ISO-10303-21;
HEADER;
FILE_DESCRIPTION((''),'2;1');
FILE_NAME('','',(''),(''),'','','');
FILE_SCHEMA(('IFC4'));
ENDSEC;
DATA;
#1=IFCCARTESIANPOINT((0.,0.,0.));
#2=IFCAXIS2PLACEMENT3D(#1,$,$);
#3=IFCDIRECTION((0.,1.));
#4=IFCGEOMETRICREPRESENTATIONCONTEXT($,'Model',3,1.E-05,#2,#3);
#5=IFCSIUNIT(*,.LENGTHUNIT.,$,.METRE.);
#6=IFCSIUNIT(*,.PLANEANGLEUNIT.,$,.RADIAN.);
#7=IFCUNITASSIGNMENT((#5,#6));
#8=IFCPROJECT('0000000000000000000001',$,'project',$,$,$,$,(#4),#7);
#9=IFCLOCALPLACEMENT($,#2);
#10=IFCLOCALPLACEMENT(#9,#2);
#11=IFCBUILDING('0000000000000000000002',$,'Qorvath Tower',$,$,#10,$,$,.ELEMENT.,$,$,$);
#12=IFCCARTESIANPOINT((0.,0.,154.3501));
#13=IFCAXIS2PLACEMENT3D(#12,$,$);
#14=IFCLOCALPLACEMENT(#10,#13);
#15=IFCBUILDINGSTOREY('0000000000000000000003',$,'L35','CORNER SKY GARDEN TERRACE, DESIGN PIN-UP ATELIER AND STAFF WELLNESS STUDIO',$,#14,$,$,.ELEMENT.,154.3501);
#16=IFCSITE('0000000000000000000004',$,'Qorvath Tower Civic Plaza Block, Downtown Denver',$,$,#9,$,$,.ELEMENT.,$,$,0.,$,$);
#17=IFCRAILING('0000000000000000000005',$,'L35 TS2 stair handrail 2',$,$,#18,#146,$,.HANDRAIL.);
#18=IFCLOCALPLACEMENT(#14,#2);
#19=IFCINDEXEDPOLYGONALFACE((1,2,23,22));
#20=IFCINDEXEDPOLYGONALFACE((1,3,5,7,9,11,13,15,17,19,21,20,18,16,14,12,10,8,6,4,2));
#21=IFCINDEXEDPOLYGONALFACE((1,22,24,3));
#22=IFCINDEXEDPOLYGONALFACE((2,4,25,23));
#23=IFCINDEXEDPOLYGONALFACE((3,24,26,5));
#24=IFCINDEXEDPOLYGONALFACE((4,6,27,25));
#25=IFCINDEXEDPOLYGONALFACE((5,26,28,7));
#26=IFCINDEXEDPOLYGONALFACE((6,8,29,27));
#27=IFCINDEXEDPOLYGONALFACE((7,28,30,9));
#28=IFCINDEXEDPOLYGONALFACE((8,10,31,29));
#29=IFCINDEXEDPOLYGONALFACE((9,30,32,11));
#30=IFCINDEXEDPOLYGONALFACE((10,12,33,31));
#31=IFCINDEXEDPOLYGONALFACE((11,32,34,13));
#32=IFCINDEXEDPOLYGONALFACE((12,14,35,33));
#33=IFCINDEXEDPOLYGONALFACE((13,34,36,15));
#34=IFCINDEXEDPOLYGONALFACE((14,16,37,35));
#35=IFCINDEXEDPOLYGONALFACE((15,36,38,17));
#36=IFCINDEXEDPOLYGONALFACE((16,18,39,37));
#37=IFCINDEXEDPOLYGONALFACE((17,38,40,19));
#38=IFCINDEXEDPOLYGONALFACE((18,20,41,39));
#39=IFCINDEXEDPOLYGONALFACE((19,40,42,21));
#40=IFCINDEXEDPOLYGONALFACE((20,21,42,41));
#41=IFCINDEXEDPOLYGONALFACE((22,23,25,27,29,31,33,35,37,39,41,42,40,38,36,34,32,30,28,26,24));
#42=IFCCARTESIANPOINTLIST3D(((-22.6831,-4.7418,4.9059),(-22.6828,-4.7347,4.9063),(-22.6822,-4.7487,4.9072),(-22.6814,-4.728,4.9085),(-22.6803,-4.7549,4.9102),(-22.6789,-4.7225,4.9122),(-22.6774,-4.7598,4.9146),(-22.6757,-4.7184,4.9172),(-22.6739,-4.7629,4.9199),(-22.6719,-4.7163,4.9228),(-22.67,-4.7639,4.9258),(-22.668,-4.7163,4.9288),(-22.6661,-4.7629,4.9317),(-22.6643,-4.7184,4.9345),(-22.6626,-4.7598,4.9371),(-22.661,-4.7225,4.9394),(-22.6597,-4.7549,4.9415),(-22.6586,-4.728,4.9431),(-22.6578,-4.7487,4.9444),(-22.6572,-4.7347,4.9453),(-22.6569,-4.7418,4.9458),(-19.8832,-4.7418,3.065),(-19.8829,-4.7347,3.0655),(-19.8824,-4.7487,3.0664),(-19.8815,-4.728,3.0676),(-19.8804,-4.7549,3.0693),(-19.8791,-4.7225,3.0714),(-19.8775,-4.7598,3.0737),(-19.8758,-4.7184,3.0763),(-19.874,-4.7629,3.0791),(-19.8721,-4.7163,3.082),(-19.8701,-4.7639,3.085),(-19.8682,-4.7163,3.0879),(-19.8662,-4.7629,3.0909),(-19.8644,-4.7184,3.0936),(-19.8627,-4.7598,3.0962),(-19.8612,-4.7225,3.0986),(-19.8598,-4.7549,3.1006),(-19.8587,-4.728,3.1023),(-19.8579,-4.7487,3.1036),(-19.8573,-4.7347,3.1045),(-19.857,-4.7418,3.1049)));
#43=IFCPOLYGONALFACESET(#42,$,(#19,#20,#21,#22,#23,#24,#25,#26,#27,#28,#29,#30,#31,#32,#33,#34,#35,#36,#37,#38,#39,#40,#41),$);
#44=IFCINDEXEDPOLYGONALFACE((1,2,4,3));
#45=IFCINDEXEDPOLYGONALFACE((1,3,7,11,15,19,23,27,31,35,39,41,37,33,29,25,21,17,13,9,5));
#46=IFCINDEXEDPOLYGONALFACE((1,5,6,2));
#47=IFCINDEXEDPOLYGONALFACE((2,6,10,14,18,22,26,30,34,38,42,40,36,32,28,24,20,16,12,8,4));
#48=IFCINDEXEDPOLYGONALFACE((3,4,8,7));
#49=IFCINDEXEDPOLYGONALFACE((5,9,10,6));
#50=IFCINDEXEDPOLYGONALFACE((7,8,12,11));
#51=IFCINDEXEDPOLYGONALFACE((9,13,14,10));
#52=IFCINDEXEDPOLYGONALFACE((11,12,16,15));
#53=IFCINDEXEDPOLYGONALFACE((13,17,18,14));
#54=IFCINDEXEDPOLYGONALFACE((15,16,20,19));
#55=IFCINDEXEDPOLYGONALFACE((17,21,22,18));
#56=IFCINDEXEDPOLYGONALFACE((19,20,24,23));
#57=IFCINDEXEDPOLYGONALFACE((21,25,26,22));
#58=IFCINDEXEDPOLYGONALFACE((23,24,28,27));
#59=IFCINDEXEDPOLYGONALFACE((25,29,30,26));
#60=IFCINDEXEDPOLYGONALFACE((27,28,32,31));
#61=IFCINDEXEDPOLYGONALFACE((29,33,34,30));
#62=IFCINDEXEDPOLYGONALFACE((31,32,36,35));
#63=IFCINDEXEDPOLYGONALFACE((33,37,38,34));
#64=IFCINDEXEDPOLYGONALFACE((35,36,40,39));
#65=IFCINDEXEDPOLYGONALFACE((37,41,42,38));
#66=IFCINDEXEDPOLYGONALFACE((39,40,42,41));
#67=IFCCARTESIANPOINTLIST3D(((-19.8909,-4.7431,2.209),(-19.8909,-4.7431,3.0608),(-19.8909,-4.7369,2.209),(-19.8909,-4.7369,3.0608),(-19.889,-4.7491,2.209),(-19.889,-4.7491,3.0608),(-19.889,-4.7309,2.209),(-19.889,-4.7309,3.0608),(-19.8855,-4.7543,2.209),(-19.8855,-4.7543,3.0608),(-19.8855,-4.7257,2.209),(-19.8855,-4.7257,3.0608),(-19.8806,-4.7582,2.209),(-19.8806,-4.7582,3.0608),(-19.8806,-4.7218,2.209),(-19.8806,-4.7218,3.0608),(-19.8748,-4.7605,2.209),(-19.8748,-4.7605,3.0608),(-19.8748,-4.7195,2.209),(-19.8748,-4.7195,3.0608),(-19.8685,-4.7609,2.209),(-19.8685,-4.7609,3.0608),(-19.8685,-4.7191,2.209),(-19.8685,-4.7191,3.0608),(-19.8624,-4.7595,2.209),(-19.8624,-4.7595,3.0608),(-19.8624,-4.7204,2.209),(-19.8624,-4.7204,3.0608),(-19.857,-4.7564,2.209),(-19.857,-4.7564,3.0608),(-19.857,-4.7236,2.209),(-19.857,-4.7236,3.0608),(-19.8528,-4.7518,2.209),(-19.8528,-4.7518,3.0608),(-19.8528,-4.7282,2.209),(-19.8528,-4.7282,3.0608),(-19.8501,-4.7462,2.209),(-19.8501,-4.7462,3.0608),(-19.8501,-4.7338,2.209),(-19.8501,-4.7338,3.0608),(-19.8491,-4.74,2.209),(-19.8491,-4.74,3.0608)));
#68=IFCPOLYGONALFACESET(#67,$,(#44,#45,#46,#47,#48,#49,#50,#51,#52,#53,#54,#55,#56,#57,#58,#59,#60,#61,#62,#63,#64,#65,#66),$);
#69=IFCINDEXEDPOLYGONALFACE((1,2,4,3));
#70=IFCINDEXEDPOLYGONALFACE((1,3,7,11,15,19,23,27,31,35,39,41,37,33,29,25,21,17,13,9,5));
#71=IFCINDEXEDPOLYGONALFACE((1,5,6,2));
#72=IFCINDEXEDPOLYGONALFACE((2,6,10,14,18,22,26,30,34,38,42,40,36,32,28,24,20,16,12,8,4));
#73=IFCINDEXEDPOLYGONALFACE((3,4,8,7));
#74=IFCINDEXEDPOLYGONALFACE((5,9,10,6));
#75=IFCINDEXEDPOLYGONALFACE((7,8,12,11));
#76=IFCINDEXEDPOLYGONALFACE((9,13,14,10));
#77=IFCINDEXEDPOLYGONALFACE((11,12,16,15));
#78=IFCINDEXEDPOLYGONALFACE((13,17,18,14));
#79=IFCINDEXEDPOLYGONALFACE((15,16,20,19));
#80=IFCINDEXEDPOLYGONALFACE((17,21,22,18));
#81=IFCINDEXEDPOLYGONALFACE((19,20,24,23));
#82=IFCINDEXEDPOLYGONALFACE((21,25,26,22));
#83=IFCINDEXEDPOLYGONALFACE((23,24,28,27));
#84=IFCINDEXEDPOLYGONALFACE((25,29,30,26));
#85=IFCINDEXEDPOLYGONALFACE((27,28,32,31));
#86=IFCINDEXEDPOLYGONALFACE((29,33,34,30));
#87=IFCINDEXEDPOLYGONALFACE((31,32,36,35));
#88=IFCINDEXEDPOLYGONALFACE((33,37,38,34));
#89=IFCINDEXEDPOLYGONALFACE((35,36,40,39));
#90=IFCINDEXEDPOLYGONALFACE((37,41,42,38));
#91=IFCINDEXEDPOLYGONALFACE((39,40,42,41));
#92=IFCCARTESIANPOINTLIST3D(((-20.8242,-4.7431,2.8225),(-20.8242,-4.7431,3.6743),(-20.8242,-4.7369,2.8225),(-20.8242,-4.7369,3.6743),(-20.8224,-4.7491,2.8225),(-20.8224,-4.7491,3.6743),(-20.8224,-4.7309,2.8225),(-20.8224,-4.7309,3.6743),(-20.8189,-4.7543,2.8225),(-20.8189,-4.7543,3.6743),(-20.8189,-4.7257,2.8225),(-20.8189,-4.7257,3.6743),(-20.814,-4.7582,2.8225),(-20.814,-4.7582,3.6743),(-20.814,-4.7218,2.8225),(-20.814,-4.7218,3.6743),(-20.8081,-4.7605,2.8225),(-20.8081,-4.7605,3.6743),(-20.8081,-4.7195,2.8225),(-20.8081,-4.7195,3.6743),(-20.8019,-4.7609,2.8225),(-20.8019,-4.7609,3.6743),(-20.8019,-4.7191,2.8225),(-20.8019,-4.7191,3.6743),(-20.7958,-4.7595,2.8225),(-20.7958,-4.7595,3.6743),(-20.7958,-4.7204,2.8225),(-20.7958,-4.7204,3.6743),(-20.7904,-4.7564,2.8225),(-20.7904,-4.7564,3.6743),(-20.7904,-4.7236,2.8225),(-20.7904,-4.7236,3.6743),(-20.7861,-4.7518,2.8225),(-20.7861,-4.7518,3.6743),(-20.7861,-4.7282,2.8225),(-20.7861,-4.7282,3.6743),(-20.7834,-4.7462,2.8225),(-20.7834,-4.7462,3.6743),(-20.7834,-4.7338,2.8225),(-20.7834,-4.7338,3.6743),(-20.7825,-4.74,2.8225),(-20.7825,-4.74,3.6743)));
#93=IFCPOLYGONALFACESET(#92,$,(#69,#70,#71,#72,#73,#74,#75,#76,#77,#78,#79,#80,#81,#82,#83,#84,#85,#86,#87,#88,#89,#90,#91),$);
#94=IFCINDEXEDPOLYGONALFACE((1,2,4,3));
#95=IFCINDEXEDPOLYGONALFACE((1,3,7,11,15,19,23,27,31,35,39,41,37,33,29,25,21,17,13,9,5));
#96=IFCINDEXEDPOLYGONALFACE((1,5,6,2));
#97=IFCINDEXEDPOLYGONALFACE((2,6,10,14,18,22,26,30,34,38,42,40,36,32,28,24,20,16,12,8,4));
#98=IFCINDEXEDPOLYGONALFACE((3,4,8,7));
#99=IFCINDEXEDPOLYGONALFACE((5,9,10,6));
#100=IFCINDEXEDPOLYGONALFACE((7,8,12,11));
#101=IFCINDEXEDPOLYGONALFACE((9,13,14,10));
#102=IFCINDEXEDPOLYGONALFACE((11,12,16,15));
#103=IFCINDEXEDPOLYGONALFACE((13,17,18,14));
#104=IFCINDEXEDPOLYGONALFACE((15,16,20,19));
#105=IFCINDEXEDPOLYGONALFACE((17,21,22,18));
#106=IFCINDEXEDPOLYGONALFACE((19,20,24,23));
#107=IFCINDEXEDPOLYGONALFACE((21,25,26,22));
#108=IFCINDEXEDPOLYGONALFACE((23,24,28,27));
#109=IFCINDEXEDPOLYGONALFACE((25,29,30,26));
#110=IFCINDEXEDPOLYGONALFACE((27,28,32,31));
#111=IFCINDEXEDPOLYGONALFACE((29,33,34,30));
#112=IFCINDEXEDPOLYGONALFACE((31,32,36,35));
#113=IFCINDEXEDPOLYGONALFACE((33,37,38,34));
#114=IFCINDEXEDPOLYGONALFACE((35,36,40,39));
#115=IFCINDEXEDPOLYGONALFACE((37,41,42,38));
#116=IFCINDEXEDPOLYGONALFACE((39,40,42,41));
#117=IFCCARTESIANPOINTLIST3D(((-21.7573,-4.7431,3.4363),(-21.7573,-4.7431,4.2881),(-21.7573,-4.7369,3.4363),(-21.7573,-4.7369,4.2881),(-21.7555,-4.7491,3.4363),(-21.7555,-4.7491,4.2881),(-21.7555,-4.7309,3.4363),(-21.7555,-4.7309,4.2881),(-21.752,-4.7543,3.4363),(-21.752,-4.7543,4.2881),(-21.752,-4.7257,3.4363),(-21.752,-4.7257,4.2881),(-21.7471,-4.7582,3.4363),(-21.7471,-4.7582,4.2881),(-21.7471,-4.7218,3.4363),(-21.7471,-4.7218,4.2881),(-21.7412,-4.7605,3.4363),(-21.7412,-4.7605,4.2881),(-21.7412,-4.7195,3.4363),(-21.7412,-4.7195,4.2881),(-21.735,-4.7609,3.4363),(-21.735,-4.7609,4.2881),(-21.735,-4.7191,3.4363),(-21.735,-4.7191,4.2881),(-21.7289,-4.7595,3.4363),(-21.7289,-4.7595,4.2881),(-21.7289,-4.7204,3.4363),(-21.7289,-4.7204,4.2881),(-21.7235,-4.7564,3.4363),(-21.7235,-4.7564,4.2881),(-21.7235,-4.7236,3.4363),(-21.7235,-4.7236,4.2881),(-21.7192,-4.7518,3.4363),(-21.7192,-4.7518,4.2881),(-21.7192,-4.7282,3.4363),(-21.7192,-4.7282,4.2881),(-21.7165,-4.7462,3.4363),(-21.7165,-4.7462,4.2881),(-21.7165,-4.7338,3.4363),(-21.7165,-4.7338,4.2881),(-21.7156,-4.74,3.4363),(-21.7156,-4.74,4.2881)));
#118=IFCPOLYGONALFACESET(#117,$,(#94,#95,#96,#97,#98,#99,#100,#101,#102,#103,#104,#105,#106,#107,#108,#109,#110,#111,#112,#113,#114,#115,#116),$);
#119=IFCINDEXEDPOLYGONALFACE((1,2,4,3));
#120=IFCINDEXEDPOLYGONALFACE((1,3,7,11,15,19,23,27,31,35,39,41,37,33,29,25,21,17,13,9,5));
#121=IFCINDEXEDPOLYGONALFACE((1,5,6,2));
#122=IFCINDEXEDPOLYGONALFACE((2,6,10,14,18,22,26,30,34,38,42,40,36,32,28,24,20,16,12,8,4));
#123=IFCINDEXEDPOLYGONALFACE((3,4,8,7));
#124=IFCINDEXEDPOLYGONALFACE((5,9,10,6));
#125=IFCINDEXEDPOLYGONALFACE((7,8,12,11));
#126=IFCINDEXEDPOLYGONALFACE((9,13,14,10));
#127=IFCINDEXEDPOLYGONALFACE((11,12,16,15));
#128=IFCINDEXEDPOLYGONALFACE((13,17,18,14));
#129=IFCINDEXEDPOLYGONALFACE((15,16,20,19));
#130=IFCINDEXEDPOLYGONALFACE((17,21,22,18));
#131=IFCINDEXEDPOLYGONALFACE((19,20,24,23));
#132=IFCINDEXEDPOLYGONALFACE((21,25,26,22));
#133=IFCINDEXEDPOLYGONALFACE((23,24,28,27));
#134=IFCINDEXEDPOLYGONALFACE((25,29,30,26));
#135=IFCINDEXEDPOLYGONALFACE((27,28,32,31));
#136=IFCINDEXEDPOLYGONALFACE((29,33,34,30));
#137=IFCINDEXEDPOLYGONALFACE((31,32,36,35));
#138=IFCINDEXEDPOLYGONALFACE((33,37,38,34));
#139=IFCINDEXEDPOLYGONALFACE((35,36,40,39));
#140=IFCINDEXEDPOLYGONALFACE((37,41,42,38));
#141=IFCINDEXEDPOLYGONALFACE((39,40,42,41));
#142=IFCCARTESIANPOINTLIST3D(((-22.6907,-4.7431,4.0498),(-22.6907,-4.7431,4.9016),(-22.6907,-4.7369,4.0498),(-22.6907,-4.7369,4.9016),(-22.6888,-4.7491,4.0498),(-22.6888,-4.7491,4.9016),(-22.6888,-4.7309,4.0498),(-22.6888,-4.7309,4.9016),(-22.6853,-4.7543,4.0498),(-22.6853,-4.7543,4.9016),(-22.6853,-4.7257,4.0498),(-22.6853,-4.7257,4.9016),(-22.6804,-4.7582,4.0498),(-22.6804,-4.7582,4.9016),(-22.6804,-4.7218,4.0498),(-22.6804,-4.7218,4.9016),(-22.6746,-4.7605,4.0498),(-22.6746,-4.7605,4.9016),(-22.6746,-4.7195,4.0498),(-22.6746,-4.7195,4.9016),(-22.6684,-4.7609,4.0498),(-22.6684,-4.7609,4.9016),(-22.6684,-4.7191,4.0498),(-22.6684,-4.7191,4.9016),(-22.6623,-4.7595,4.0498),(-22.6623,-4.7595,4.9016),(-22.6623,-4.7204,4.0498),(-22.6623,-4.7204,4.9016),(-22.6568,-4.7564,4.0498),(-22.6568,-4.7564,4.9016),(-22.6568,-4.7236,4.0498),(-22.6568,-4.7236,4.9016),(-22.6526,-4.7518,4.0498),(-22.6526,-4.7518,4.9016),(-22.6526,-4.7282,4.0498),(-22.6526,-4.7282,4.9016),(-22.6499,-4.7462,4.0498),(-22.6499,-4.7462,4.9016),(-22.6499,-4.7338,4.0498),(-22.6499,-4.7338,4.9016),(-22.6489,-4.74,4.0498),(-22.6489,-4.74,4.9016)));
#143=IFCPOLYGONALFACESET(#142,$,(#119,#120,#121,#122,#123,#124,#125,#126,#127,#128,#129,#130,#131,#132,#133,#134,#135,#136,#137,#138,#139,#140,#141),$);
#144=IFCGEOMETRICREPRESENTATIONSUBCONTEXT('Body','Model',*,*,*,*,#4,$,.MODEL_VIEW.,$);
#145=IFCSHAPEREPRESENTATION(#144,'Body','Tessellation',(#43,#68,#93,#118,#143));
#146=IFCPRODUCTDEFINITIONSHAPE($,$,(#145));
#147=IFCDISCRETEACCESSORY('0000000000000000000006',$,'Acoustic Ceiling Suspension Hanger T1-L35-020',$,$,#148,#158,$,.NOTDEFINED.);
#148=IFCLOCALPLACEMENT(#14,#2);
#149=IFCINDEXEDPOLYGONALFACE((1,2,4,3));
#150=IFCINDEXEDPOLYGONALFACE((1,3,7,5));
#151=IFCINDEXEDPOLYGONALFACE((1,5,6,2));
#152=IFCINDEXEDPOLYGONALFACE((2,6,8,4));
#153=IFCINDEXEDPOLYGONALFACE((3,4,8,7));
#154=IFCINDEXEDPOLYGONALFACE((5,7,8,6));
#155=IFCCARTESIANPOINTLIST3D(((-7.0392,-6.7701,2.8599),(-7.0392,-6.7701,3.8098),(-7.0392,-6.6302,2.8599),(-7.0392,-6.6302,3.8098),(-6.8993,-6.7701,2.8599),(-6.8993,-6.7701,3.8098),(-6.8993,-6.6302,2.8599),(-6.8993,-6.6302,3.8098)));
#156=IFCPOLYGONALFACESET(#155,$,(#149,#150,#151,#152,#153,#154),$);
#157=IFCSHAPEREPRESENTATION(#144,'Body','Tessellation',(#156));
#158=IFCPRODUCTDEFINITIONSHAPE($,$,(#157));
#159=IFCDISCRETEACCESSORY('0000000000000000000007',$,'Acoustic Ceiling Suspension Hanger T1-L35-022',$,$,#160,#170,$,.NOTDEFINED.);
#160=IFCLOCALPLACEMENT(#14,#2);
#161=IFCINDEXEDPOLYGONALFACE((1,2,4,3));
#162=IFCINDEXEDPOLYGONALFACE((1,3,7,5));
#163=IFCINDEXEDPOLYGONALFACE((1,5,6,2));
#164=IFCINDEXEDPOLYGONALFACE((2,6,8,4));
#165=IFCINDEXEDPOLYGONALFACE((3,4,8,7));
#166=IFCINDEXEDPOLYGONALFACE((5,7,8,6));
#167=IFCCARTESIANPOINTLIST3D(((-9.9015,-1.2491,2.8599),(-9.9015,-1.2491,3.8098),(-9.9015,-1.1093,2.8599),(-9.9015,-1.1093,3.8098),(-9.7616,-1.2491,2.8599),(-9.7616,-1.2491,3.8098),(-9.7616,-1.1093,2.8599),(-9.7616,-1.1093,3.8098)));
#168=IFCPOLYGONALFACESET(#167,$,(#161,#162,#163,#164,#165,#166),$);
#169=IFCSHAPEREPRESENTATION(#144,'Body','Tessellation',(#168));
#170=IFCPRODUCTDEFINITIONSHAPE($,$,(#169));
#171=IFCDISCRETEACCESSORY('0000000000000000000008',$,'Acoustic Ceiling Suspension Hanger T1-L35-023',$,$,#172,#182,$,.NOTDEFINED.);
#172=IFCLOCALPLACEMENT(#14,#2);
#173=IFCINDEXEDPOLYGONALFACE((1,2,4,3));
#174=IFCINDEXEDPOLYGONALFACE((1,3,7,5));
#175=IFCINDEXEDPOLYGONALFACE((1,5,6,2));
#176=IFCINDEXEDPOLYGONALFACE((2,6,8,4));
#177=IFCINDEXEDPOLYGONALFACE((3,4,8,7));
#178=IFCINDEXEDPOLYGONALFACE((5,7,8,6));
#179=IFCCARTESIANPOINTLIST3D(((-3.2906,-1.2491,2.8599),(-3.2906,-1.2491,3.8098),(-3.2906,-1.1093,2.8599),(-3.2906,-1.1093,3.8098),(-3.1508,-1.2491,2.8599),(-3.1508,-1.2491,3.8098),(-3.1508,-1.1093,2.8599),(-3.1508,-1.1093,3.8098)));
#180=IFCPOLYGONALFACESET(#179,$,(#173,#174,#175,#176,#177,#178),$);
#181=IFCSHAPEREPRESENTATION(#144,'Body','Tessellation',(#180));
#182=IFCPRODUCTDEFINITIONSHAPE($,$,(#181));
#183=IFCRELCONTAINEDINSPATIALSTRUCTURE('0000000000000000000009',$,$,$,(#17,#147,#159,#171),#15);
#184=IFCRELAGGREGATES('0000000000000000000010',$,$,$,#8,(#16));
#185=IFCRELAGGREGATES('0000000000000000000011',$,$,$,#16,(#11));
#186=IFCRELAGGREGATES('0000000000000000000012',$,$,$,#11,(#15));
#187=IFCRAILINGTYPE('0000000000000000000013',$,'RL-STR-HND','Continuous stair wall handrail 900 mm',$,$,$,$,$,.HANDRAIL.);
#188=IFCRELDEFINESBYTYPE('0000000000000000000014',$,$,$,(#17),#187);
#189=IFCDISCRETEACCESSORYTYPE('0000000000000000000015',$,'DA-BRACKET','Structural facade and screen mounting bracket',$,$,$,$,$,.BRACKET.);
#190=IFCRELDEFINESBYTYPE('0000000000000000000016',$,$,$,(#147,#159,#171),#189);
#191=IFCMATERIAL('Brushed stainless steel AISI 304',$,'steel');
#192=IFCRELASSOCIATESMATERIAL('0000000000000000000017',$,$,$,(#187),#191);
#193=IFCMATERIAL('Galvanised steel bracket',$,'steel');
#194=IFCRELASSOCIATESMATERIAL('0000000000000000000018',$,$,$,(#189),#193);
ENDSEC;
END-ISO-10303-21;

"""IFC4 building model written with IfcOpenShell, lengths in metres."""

from ifc_helpers import new_model, si_unit, direction, frame, origin, origin_2d, place, context, subcontext, project, spatial, rectangle, circle, extrude, material, type_object, element, save


model = new_model("IFC4")

# Units and contexts
model_context = context("Model", 3, precision=1e-05, world=origin(), true_north=direction((0.0, 1.0)))
body_context = subcontext(model_context, "Body", "Model", "MODEL_VIEW")
ifc_project = project(units=[si_unit("LENGTHUNIT", "METRE"), si_unit("PLANEANGLEUNIT", "RADIAN")], contexts=[model_context])

# Site, building, storey
site_placement = place(None, origin())
site = spatial("IfcSite", under=ifc_project, at=site_placement, Name="Qorvath Tower Civic Plaza Block, Downtown Denver", CompositionType="ELEMENT", RefElevation=0.0)
building_placement = place(site_placement, origin())
building = spatial("IfcBuilding", under=site, at=building_placement, Name="Qorvath Tower", CompositionType="ELEMENT")
storey_placement = place(building_placement, frame((0.0, 0.0, 154.3501)))
storey = spatial("IfcBuildingStorey", under=building, at=storey_placement, Name="L35", Description="CORNER SKY GARDEN TERRACE, DESIGN PIN-UP ATELIER AND STAFF WELLNESS STUDIO", CompositionType="ELEMENT", Elevation=154.3501)

# Railing
ifc_material_1 = material(Name="Brushed stainless steel AISI 304", Category="steel")
railing_type_1 = type_object("IfcRailingType", Name="RL-STR-HND", Description="Continuous stair wall handrail 900 mm", PredefinedType="HANDRAIL", material=ifc_material_1)
railing_1_placement = place(storey_placement, frame((-19.8701, -4.74, 2.209)))
element("IfcRailing", 1, at=railing_1_placement, inside=storey, type_object=railing_type_1, Name="L35 TS2 stair handrail 2", PredefinedType="HANDRAIL", context=body_context, shape_type="SweptSolid", body=[
    extrude(circle(Radius=0.0239, at=origin_2d()), frame((0.0, 0.0, 0.876), z_axis=(-0.835576, 0.0, 0.549376), x_axis=(0.0, -1.0, 0.0)), (0.0, 0.0, 1.0), 3.3508),
    extrude(circle(Radius=0.021, at=origin_2d()), origin(), (0.0, 0.0, 1.0), 0.8518),
    extrude(circle(Radius=0.021, at=origin_2d()), frame((-0.9333, 0.0, 0.6135)), (0.0, 0.0, 1.0), 0.8518),
    extrude(circle(Radius=0.021, at=origin_2d()), frame((-1.8665, 0.0, 1.2273)), (0.0, 0.0, 1.0), 0.8518),
    extrude(circle(Radius=0.021, at=origin_2d()), frame((-2.7998, 0.0, 1.8408)), (0.0, 0.0, 1.0), 0.8518),
])

# Discrete accessories
ifc_material_2 = material(Name="Galvanised steel bracket", Category="steel")
discrete_accessory_type = type_object("IfcDiscreteAccessoryType", Name="DA-BRACKET", Description="Structural facade and screen mounting bracket", PredefinedType="BRACKET", material=ifc_material_2)
for number, where, z_axis, x_axis, name in (
    (2, (-6.9692, -6.7002, 2.8599), (0.0, 0.0, 1.0), (1.0, 0.0, 0.0), "Acoustic Ceiling Suspension Hanger T1-L35-020"),
    (3, (-9.8315, -1.1792, 2.8599), (0.0, 0.0, 1.0), (1.0, 0.0, 0.0), "Acoustic Ceiling Suspension Hanger T1-L35-022"),
    (4, (-3.2207, -1.1792, 2.8599), (0.0, 0.0, 1.0), (1.0, 0.0, 0.0), "Acoustic Ceiling Suspension Hanger T1-L35-023"),
):
    element("IfcDiscreteAccessory", number, at=place(storey_placement, frame(where, z_axis=z_axis, x_axis=x_axis)), inside=storey, type_object=discrete_accessory_type, Name=name, PredefinedType="NOTDEFINED", context=body_context, shape_type="SweptSolid", body=[
        extrude(rectangle(XDim=0.1399, YDim=0.1399, at=origin_2d()), origin(), (0.0, 0.0, 1.0), 0.95),
    ])

save(model, "model.ifc")
